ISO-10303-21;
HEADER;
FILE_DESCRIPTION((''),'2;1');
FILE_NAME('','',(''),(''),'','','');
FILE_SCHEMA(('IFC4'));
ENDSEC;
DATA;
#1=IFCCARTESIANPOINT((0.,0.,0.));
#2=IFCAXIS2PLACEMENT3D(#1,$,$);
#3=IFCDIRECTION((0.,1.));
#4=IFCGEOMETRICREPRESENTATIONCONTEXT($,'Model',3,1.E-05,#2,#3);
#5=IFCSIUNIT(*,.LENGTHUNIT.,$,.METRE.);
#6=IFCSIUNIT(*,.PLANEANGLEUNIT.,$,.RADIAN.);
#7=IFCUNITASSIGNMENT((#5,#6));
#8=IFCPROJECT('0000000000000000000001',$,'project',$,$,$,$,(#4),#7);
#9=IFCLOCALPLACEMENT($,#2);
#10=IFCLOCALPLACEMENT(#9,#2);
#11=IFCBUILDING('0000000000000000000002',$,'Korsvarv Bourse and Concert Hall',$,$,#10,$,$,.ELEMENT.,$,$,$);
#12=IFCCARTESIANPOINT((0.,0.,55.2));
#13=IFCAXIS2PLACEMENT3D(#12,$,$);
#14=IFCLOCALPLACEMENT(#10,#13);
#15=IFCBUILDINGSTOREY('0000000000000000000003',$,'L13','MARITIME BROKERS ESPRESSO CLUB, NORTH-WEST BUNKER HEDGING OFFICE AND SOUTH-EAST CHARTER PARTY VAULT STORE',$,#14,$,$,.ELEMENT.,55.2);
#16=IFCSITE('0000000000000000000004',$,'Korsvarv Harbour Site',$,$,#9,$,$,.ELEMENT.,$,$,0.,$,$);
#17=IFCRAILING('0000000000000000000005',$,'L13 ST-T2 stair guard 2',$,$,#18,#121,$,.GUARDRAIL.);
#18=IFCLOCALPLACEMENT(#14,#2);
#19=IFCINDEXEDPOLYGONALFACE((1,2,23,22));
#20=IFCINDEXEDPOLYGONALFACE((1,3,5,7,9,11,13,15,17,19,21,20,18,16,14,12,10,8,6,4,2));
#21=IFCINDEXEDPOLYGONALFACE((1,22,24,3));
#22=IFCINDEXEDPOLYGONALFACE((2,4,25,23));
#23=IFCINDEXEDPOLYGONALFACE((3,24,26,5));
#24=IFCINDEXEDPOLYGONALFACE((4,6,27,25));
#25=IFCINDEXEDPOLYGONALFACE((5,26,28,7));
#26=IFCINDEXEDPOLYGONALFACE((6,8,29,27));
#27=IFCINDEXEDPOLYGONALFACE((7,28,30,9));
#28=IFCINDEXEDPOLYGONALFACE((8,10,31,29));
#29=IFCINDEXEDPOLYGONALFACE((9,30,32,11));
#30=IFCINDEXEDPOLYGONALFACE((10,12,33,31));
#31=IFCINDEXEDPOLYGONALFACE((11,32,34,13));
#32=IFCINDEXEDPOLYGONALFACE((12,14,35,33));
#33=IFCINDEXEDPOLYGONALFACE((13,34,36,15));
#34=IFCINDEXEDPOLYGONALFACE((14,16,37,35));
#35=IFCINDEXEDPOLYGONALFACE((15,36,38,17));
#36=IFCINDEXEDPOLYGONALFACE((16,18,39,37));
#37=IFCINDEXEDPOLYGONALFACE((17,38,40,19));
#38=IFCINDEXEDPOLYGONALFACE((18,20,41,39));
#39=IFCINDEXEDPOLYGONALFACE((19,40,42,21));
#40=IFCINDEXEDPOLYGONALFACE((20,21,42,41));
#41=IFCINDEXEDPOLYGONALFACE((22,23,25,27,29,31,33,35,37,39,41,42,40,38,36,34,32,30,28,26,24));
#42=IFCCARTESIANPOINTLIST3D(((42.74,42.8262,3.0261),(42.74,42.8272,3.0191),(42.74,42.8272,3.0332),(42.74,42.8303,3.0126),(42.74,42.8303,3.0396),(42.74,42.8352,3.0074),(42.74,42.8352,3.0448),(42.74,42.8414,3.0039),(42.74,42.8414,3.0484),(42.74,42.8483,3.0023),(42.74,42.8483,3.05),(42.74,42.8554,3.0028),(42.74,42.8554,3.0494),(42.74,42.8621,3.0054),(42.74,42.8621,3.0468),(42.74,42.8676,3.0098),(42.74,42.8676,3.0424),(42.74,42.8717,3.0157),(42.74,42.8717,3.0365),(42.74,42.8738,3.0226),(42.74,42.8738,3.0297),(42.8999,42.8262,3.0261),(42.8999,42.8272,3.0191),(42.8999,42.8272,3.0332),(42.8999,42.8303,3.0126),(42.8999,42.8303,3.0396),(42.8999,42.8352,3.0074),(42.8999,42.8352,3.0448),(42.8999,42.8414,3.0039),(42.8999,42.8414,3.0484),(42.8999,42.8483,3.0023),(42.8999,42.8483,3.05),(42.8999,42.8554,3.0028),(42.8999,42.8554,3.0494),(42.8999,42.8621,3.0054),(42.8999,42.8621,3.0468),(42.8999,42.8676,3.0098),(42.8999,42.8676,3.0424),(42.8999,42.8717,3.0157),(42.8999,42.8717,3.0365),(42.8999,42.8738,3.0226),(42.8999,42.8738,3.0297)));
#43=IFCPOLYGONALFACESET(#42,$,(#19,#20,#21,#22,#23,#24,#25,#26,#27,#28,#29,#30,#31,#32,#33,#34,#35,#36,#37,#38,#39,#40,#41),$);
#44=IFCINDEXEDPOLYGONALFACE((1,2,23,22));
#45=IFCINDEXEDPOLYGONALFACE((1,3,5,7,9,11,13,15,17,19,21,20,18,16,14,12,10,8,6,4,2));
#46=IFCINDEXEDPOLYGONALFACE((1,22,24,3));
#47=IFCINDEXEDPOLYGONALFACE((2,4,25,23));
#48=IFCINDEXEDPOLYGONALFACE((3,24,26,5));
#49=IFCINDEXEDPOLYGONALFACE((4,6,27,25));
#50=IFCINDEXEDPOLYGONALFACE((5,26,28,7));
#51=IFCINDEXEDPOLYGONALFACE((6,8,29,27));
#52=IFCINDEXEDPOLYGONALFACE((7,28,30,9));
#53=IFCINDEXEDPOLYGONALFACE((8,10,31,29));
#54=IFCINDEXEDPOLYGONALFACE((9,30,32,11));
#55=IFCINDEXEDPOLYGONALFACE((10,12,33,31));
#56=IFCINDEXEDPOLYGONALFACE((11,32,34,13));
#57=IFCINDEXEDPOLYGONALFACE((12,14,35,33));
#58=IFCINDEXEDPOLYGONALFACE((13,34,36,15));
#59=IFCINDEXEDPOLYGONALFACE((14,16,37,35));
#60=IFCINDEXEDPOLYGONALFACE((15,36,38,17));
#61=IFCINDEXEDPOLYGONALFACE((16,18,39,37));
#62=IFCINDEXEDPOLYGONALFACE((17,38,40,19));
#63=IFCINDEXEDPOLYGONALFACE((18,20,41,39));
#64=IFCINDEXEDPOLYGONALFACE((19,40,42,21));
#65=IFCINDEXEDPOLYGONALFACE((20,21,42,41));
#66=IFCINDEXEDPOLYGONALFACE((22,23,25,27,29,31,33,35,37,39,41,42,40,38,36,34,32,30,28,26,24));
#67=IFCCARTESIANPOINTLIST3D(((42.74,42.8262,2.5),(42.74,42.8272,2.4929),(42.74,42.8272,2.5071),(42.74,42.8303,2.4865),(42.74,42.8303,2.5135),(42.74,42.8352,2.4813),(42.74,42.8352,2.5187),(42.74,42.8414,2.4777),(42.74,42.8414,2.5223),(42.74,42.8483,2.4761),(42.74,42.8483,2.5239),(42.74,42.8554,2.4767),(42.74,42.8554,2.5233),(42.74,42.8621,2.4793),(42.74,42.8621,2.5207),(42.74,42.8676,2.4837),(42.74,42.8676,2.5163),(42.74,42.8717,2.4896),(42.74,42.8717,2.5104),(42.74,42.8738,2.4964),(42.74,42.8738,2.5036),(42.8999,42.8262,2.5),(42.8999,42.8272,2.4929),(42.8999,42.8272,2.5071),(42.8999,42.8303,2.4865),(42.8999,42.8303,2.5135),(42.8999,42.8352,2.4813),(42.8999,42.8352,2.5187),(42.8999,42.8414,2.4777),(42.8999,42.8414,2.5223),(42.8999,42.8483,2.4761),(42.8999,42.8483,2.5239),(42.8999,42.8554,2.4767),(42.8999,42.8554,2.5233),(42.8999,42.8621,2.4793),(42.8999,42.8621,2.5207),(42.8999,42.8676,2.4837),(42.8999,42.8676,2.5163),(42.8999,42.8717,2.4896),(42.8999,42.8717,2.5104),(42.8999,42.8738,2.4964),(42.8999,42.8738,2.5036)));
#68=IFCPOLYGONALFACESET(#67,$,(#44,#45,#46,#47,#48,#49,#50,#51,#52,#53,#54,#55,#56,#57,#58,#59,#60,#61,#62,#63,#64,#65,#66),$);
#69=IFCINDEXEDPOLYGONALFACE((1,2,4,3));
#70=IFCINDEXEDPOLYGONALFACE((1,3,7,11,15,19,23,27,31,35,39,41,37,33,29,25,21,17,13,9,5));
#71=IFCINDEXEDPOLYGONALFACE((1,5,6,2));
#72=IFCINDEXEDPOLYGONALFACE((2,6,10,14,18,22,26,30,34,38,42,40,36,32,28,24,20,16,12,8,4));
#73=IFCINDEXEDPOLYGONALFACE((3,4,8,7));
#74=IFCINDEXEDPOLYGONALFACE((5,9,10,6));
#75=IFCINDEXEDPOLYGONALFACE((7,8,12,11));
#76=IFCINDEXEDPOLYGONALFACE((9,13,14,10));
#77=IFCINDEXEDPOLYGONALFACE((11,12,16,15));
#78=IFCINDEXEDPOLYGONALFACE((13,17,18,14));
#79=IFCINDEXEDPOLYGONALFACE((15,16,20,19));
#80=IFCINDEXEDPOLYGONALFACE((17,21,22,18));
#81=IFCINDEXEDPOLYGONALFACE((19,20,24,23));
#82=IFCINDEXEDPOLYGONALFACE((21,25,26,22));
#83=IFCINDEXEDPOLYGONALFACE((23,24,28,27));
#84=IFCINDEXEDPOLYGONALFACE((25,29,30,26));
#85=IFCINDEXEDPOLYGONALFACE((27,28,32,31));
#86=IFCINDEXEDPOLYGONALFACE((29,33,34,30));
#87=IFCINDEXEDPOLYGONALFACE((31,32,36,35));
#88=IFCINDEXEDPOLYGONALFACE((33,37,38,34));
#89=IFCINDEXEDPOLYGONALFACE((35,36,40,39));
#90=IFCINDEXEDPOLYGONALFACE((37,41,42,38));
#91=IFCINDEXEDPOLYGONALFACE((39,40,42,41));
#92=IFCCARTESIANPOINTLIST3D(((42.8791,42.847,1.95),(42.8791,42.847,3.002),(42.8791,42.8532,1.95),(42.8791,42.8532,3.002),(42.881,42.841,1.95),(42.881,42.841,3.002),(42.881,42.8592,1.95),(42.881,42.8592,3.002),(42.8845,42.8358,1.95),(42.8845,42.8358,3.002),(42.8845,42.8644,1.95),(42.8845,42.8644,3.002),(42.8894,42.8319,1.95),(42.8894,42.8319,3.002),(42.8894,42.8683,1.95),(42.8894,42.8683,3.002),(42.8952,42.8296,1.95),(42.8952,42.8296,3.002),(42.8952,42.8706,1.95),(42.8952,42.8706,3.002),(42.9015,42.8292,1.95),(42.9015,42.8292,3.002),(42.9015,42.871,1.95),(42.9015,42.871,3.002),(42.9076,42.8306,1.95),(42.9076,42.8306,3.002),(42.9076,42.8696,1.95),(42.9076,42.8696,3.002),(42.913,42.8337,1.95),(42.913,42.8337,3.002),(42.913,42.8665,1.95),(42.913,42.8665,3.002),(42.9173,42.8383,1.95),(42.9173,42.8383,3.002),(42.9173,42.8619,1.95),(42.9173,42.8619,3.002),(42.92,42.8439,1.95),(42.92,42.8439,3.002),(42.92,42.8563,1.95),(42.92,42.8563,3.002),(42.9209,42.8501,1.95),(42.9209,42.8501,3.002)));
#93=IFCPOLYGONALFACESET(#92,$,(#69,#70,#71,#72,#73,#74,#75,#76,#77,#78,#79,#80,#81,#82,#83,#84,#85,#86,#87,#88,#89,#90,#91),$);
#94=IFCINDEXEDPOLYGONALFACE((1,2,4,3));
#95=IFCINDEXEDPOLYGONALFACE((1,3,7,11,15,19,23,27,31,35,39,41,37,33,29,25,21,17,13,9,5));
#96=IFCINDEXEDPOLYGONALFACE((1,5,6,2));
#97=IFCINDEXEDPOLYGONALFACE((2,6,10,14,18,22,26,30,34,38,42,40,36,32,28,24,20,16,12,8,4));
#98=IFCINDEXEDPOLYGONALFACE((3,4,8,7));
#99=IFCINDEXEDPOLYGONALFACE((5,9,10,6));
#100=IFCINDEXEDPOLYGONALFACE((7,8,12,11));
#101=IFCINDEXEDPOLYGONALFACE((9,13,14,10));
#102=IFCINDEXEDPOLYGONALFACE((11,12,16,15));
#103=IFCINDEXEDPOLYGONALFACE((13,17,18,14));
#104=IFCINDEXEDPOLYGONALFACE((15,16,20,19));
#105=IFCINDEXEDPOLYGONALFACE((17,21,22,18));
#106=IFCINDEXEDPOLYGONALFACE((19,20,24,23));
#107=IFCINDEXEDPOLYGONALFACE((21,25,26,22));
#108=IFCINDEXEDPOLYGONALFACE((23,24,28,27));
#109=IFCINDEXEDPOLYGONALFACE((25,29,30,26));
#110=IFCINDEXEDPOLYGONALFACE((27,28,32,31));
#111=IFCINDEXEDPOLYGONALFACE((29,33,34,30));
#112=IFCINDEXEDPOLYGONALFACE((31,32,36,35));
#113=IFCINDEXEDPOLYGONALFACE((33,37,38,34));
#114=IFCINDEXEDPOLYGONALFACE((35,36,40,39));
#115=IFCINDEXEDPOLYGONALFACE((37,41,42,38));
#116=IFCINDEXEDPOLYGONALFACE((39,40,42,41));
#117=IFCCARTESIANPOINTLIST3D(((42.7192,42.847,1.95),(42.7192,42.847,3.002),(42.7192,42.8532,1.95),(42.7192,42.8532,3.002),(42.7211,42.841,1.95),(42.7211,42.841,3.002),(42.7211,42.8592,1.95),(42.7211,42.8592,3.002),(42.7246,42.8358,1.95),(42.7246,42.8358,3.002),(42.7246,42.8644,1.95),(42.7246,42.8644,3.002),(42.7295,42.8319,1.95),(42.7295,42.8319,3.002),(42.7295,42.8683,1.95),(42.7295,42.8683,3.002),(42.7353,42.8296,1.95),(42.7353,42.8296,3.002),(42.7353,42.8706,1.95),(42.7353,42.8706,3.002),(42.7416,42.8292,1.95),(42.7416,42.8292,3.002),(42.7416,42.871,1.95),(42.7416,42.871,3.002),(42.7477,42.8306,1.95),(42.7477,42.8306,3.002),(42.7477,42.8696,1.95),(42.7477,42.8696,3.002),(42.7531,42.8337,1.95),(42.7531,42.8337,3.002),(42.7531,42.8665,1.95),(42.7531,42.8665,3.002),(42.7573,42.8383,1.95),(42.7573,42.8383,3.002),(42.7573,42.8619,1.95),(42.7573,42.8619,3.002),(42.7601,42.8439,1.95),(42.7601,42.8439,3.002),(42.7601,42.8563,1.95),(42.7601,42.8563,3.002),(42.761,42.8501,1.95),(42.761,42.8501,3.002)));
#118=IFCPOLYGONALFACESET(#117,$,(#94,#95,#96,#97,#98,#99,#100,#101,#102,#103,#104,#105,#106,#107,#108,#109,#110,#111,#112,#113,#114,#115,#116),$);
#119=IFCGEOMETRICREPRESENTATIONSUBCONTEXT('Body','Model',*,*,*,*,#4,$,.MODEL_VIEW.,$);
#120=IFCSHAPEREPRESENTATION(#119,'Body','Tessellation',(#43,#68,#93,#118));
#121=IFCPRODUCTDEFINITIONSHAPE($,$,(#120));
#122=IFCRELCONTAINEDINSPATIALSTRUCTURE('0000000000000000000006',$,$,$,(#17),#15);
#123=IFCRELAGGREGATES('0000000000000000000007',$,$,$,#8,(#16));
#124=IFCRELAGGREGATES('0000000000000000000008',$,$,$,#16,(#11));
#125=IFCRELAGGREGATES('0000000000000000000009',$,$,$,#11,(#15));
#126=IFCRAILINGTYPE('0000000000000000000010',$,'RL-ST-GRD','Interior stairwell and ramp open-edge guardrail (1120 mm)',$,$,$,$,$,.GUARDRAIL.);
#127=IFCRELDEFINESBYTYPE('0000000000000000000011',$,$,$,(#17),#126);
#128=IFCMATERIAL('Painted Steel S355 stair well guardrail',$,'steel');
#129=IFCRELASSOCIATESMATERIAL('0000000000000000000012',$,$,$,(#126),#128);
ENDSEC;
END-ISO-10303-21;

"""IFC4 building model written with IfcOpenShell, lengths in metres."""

from ifc_helpers import new_model, si_unit, direction, frame, origin, origin_2d, place, context, subcontext, project, spatial, circle, extrude, material, type_object, element, save


model = new_model("IFC4")

# Units and contexts
model_context = context("Model", 3, precision=1e-05, world=origin(), true_north=direction((0.0, 1.0)))
body_context = subcontext(model_context, "Body", "Model", "MODEL_VIEW")
ifc_project = project(units=[si_unit("LENGTHUNIT", "METRE"), si_unit("PLANEANGLEUNIT", "RADIAN")], contexts=[model_context])

# Site, building, storey
site_placement = place(None, origin())
site = spatial("IfcSite", under=ifc_project, at=site_placement, Name="Korsvarv Harbour Site", CompositionType="ELEMENT", RefElevation=0.0)
building_placement = place(site_placement, origin())
building = spatial("IfcBuilding", under=site, at=building_placement, Name="Korsvarv Bourse and Concert Hall", CompositionType="ELEMENT")
storey_placement = place(building_placement, frame((0.0, 0.0, 55.2)))
storey = spatial("IfcBuildingStorey", under=building, at=storey_placement, Name="L13", Description="MARITIME BROKERS ESPRESSO CLUB, NORTH-WEST BUNKER HEDGING OFFICE AND SOUTH-EAST CHARTER PARTY VAULT STORE", CompositionType="ELEMENT", Elevation=55.2)

# Railing
ifc_material_1 = material(Name="Painted Steel S355 stair well guardrail", Category="steel")
railing_type_1 = type_object("IfcRailingType", Name="RL-ST-GRD", Description="Interior stairwell and ramp open-edge guardrail (1120 mm)", PredefinedType="GUARDRAIL", material=ifc_material_1)
railing_1_placement = place(storey_placement, frame((42.8999, 42.8501, 1.95)))
element("IfcRailing", 1, at=railing_1_placement, inside=storey, type_object=railing_type_1, Name="L13 ST-T2 stair guard 2", PredefinedType="GUARDRAIL", context=body_context, shape_type="SweptSolid", body=[
    extrude(circle(Radius=0.0239, at=origin_2d()), frame((0.0, 0.0, 1.0762), z_axis=(-1.0, 0.0, 0.0), x_axis=(0.0, -1.0, 0.0)), (0.0, 0.0, 1.0), 0.1599),
    extrude(circle(Radius=0.0239, at=origin_2d()), frame((0.0, 0.0, 0.55), z_axis=(-1.0, 0.0, 0.0), x_axis=(0.0, -1.0, 0.0)), (0.0, 0.0, 1.0), 0.1599),
    extrude(circle(Radius=0.021, at=origin_2d()), origin(), (0.0, 0.0, 1.0), 1.052),
    extrude(circle(Radius=0.021, at=origin_2d()), frame((-0.1599, 0.0, 0.0)), (0.0, 0.0, 1.0), 1.052),
])

save(model, "model.ifc")
